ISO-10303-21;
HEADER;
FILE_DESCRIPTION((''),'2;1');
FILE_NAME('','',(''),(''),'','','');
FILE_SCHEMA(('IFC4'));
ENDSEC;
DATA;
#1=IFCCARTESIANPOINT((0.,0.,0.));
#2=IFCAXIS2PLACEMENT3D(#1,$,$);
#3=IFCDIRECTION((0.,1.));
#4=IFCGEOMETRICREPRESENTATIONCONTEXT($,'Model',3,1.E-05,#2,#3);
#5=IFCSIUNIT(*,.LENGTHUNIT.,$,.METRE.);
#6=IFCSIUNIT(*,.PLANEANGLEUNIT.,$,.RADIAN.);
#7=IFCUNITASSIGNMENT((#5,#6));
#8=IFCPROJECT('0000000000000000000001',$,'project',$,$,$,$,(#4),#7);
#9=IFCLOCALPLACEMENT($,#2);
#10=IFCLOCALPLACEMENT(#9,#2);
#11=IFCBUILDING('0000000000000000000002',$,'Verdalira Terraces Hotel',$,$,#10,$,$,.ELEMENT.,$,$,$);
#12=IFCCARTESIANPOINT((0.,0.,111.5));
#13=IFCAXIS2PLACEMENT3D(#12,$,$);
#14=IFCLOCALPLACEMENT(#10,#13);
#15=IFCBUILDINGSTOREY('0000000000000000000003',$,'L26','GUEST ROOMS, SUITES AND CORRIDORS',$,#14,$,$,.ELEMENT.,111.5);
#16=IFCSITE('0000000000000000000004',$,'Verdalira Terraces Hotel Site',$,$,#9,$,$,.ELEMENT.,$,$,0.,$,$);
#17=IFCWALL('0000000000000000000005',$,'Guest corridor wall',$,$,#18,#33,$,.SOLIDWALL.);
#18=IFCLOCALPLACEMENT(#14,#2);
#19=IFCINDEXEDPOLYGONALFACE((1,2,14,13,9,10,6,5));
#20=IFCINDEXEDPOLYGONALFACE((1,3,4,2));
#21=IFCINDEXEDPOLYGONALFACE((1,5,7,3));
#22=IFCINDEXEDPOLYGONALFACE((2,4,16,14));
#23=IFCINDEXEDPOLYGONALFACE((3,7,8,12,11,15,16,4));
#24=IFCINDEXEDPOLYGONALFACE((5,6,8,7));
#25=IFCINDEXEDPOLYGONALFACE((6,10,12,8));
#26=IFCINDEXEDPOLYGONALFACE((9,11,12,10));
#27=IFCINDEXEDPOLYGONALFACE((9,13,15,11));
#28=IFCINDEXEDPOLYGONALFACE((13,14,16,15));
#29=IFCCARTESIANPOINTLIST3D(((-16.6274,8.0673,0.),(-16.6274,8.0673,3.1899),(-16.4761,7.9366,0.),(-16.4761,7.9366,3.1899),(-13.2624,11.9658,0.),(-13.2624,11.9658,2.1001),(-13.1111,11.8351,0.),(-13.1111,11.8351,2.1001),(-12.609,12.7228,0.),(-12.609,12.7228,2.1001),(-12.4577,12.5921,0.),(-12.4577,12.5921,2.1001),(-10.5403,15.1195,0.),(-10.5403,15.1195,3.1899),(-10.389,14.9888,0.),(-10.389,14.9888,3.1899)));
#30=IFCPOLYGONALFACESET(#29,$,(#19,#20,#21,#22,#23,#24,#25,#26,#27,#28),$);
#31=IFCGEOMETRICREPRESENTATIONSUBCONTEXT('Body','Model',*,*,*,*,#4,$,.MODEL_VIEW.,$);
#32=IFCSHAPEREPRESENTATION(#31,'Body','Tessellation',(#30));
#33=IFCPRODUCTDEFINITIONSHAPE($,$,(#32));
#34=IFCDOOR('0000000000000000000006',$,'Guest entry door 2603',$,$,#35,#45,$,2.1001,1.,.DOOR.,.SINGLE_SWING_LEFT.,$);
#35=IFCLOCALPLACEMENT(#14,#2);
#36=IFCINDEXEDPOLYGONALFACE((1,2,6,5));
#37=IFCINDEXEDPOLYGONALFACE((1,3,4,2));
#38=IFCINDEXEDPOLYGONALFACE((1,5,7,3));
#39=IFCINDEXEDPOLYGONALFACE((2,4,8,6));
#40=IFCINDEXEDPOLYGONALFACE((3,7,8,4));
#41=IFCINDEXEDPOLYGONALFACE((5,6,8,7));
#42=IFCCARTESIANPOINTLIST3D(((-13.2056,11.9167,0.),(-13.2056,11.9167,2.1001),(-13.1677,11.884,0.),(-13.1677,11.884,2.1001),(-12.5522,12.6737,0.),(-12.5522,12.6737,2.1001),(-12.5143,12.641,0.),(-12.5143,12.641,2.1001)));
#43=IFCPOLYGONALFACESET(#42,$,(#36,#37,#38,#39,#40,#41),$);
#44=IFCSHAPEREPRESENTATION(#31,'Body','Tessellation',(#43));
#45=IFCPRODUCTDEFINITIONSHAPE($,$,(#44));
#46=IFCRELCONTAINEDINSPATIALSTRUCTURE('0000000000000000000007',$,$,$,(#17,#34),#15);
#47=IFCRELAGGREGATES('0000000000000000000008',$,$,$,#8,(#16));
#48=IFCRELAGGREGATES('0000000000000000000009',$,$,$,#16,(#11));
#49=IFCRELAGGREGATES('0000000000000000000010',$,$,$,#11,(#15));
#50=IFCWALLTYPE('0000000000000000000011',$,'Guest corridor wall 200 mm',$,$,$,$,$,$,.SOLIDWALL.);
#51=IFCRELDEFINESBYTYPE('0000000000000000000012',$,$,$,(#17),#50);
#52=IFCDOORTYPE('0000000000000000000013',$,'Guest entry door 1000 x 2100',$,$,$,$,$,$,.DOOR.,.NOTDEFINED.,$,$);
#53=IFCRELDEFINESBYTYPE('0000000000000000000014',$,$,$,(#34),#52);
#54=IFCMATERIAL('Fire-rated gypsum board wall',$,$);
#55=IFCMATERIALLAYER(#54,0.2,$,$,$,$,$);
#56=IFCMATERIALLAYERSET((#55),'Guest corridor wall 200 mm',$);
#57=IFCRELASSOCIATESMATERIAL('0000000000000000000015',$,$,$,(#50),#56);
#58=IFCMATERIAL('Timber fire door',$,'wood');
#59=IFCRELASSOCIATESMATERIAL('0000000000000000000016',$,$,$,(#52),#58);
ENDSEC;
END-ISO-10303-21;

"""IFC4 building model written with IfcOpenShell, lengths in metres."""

from ifc_helpers import new_model, si_unit, direction, frame, frame_2d, origin, place, context, subcontext, project, spatial, rectangle, extrude, material, layer, layer_set, type_object, element, fill, save


model = new_model("IFC4")

# Units and contexts
model_context = context("Model", 3, precision=1e-05, world=origin(), true_north=direction((0.0, 1.0)))
body_context = subcontext(model_context, "Body", "Model", "MODEL_VIEW")
ifc_project = project(units=[si_unit("LENGTHUNIT", "METRE"), si_unit("PLANEANGLEUNIT", "RADIAN")], contexts=[model_context])

# Site, building, storey
site_placement = place(None, origin())
site = spatial("IfcSite", under=ifc_project, at=site_placement, Name="Verdalira Terraces Hotel Site", CompositionType="ELEMENT", RefElevation=0.0)
building_placement = place(site_placement, origin())
building = spatial("IfcBuilding", under=site, at=building_placement, Name="Verdalira Terraces Hotel", CompositionType="ELEMENT")
storey_placement = place(building_placement, frame((0.0, 0.0, 111.5)))
storey = spatial("IfcBuildingStorey", under=building, at=storey_placement, Name="L26", Description="GUEST ROOMS, SUITES AND CORRIDORS", CompositionType="ELEMENT", Elevation=111.5)

# Wall, opening, door
ifc_material_1 = material(Name="Fire-rated gypsum board wall")
ifc_layer_1 = layer(ifc_material_1, 0.2)
ifc_layer_set_1 = layer_set([ifc_layer_1], Name="Guest corridor wall 200 mm")
wall_type_1 = type_object("IfcWallType", Name="Guest corridor wall 200 mm", PredefinedType="SOLIDWALL", material=ifc_layer_set_1)
wall_1_placement = place(storey_placement, frame((-16.5518, 8.002, 0.0), z_axis=(0.0, 0.0, 1.0), x_axis=(0.65341, 0.757004, 0.0)))
wall_1 = element("IfcWall", 1, at=wall_1_placement, inside=storey, type_object=wall_type_1, Name="Guest corridor wall", PredefinedType="SOLIDWALL", context=body_context, shape_type="SweptSolid", body=[
    extrude(rectangle(XDim=9.3159, YDim=0.2, at=frame_2d((4.658, 0.0))), origin(), (0.0, 0.0, 1.0), 3.1899),
])
opening_1_placement = place(wall_1_placement, frame((5.1499, 0.0, 0.0)))
opening_1 = element("IfcOpeningElement", 2, at=opening_1_placement, cuts=wall_1, PredefinedType="OPENING", context=body_context, shape_type="SweptSolid", body=[
    extrude(rectangle(XDim=1.0, YDim=2.1001, at=frame_2d((0.5, 1.05))), frame((0.0, 0.1099, 0.0), z_axis=(0.0, -1.0, 0.0), x_axis=(1.0, 0.0, 0.0)), (0.0, 0.0, 1.0), 0.22),
])
ifc_material_2 = material(Name="Timber fire door", Category="wood")
door_type_1 = type_object("IfcDoorType", Name="Guest entry door 1000 x 2100", OperationType="NOTDEFINED", PredefinedType="DOOR", material=ifc_material_2)
door_1_placement = place(opening_1_placement, origin())
door_1 = element("IfcDoor", 3, at=door_1_placement, inside=storey, type_object=door_type_1, Name="Guest entry door 2603", OperationType="SINGLE_SWING_LEFT", OverallHeight=2.1001, OverallWidth=1.0, PredefinedType="DOOR", context=body_context, shape_type="SweptSolid", body=[
    extrude(rectangle(XDim=1.0, YDim=2.1001, at=frame_2d((0.5, 1.05))), frame((0.0, 0.0249, 0.0), z_axis=(0.0, -1.0, 0.0), x_axis=(1.0, 0.0, 0.0)), (0.0, 0.0, 1.0), 0.05),
])
fill(opening_1, door_1)

save(model, "model.ifc")
